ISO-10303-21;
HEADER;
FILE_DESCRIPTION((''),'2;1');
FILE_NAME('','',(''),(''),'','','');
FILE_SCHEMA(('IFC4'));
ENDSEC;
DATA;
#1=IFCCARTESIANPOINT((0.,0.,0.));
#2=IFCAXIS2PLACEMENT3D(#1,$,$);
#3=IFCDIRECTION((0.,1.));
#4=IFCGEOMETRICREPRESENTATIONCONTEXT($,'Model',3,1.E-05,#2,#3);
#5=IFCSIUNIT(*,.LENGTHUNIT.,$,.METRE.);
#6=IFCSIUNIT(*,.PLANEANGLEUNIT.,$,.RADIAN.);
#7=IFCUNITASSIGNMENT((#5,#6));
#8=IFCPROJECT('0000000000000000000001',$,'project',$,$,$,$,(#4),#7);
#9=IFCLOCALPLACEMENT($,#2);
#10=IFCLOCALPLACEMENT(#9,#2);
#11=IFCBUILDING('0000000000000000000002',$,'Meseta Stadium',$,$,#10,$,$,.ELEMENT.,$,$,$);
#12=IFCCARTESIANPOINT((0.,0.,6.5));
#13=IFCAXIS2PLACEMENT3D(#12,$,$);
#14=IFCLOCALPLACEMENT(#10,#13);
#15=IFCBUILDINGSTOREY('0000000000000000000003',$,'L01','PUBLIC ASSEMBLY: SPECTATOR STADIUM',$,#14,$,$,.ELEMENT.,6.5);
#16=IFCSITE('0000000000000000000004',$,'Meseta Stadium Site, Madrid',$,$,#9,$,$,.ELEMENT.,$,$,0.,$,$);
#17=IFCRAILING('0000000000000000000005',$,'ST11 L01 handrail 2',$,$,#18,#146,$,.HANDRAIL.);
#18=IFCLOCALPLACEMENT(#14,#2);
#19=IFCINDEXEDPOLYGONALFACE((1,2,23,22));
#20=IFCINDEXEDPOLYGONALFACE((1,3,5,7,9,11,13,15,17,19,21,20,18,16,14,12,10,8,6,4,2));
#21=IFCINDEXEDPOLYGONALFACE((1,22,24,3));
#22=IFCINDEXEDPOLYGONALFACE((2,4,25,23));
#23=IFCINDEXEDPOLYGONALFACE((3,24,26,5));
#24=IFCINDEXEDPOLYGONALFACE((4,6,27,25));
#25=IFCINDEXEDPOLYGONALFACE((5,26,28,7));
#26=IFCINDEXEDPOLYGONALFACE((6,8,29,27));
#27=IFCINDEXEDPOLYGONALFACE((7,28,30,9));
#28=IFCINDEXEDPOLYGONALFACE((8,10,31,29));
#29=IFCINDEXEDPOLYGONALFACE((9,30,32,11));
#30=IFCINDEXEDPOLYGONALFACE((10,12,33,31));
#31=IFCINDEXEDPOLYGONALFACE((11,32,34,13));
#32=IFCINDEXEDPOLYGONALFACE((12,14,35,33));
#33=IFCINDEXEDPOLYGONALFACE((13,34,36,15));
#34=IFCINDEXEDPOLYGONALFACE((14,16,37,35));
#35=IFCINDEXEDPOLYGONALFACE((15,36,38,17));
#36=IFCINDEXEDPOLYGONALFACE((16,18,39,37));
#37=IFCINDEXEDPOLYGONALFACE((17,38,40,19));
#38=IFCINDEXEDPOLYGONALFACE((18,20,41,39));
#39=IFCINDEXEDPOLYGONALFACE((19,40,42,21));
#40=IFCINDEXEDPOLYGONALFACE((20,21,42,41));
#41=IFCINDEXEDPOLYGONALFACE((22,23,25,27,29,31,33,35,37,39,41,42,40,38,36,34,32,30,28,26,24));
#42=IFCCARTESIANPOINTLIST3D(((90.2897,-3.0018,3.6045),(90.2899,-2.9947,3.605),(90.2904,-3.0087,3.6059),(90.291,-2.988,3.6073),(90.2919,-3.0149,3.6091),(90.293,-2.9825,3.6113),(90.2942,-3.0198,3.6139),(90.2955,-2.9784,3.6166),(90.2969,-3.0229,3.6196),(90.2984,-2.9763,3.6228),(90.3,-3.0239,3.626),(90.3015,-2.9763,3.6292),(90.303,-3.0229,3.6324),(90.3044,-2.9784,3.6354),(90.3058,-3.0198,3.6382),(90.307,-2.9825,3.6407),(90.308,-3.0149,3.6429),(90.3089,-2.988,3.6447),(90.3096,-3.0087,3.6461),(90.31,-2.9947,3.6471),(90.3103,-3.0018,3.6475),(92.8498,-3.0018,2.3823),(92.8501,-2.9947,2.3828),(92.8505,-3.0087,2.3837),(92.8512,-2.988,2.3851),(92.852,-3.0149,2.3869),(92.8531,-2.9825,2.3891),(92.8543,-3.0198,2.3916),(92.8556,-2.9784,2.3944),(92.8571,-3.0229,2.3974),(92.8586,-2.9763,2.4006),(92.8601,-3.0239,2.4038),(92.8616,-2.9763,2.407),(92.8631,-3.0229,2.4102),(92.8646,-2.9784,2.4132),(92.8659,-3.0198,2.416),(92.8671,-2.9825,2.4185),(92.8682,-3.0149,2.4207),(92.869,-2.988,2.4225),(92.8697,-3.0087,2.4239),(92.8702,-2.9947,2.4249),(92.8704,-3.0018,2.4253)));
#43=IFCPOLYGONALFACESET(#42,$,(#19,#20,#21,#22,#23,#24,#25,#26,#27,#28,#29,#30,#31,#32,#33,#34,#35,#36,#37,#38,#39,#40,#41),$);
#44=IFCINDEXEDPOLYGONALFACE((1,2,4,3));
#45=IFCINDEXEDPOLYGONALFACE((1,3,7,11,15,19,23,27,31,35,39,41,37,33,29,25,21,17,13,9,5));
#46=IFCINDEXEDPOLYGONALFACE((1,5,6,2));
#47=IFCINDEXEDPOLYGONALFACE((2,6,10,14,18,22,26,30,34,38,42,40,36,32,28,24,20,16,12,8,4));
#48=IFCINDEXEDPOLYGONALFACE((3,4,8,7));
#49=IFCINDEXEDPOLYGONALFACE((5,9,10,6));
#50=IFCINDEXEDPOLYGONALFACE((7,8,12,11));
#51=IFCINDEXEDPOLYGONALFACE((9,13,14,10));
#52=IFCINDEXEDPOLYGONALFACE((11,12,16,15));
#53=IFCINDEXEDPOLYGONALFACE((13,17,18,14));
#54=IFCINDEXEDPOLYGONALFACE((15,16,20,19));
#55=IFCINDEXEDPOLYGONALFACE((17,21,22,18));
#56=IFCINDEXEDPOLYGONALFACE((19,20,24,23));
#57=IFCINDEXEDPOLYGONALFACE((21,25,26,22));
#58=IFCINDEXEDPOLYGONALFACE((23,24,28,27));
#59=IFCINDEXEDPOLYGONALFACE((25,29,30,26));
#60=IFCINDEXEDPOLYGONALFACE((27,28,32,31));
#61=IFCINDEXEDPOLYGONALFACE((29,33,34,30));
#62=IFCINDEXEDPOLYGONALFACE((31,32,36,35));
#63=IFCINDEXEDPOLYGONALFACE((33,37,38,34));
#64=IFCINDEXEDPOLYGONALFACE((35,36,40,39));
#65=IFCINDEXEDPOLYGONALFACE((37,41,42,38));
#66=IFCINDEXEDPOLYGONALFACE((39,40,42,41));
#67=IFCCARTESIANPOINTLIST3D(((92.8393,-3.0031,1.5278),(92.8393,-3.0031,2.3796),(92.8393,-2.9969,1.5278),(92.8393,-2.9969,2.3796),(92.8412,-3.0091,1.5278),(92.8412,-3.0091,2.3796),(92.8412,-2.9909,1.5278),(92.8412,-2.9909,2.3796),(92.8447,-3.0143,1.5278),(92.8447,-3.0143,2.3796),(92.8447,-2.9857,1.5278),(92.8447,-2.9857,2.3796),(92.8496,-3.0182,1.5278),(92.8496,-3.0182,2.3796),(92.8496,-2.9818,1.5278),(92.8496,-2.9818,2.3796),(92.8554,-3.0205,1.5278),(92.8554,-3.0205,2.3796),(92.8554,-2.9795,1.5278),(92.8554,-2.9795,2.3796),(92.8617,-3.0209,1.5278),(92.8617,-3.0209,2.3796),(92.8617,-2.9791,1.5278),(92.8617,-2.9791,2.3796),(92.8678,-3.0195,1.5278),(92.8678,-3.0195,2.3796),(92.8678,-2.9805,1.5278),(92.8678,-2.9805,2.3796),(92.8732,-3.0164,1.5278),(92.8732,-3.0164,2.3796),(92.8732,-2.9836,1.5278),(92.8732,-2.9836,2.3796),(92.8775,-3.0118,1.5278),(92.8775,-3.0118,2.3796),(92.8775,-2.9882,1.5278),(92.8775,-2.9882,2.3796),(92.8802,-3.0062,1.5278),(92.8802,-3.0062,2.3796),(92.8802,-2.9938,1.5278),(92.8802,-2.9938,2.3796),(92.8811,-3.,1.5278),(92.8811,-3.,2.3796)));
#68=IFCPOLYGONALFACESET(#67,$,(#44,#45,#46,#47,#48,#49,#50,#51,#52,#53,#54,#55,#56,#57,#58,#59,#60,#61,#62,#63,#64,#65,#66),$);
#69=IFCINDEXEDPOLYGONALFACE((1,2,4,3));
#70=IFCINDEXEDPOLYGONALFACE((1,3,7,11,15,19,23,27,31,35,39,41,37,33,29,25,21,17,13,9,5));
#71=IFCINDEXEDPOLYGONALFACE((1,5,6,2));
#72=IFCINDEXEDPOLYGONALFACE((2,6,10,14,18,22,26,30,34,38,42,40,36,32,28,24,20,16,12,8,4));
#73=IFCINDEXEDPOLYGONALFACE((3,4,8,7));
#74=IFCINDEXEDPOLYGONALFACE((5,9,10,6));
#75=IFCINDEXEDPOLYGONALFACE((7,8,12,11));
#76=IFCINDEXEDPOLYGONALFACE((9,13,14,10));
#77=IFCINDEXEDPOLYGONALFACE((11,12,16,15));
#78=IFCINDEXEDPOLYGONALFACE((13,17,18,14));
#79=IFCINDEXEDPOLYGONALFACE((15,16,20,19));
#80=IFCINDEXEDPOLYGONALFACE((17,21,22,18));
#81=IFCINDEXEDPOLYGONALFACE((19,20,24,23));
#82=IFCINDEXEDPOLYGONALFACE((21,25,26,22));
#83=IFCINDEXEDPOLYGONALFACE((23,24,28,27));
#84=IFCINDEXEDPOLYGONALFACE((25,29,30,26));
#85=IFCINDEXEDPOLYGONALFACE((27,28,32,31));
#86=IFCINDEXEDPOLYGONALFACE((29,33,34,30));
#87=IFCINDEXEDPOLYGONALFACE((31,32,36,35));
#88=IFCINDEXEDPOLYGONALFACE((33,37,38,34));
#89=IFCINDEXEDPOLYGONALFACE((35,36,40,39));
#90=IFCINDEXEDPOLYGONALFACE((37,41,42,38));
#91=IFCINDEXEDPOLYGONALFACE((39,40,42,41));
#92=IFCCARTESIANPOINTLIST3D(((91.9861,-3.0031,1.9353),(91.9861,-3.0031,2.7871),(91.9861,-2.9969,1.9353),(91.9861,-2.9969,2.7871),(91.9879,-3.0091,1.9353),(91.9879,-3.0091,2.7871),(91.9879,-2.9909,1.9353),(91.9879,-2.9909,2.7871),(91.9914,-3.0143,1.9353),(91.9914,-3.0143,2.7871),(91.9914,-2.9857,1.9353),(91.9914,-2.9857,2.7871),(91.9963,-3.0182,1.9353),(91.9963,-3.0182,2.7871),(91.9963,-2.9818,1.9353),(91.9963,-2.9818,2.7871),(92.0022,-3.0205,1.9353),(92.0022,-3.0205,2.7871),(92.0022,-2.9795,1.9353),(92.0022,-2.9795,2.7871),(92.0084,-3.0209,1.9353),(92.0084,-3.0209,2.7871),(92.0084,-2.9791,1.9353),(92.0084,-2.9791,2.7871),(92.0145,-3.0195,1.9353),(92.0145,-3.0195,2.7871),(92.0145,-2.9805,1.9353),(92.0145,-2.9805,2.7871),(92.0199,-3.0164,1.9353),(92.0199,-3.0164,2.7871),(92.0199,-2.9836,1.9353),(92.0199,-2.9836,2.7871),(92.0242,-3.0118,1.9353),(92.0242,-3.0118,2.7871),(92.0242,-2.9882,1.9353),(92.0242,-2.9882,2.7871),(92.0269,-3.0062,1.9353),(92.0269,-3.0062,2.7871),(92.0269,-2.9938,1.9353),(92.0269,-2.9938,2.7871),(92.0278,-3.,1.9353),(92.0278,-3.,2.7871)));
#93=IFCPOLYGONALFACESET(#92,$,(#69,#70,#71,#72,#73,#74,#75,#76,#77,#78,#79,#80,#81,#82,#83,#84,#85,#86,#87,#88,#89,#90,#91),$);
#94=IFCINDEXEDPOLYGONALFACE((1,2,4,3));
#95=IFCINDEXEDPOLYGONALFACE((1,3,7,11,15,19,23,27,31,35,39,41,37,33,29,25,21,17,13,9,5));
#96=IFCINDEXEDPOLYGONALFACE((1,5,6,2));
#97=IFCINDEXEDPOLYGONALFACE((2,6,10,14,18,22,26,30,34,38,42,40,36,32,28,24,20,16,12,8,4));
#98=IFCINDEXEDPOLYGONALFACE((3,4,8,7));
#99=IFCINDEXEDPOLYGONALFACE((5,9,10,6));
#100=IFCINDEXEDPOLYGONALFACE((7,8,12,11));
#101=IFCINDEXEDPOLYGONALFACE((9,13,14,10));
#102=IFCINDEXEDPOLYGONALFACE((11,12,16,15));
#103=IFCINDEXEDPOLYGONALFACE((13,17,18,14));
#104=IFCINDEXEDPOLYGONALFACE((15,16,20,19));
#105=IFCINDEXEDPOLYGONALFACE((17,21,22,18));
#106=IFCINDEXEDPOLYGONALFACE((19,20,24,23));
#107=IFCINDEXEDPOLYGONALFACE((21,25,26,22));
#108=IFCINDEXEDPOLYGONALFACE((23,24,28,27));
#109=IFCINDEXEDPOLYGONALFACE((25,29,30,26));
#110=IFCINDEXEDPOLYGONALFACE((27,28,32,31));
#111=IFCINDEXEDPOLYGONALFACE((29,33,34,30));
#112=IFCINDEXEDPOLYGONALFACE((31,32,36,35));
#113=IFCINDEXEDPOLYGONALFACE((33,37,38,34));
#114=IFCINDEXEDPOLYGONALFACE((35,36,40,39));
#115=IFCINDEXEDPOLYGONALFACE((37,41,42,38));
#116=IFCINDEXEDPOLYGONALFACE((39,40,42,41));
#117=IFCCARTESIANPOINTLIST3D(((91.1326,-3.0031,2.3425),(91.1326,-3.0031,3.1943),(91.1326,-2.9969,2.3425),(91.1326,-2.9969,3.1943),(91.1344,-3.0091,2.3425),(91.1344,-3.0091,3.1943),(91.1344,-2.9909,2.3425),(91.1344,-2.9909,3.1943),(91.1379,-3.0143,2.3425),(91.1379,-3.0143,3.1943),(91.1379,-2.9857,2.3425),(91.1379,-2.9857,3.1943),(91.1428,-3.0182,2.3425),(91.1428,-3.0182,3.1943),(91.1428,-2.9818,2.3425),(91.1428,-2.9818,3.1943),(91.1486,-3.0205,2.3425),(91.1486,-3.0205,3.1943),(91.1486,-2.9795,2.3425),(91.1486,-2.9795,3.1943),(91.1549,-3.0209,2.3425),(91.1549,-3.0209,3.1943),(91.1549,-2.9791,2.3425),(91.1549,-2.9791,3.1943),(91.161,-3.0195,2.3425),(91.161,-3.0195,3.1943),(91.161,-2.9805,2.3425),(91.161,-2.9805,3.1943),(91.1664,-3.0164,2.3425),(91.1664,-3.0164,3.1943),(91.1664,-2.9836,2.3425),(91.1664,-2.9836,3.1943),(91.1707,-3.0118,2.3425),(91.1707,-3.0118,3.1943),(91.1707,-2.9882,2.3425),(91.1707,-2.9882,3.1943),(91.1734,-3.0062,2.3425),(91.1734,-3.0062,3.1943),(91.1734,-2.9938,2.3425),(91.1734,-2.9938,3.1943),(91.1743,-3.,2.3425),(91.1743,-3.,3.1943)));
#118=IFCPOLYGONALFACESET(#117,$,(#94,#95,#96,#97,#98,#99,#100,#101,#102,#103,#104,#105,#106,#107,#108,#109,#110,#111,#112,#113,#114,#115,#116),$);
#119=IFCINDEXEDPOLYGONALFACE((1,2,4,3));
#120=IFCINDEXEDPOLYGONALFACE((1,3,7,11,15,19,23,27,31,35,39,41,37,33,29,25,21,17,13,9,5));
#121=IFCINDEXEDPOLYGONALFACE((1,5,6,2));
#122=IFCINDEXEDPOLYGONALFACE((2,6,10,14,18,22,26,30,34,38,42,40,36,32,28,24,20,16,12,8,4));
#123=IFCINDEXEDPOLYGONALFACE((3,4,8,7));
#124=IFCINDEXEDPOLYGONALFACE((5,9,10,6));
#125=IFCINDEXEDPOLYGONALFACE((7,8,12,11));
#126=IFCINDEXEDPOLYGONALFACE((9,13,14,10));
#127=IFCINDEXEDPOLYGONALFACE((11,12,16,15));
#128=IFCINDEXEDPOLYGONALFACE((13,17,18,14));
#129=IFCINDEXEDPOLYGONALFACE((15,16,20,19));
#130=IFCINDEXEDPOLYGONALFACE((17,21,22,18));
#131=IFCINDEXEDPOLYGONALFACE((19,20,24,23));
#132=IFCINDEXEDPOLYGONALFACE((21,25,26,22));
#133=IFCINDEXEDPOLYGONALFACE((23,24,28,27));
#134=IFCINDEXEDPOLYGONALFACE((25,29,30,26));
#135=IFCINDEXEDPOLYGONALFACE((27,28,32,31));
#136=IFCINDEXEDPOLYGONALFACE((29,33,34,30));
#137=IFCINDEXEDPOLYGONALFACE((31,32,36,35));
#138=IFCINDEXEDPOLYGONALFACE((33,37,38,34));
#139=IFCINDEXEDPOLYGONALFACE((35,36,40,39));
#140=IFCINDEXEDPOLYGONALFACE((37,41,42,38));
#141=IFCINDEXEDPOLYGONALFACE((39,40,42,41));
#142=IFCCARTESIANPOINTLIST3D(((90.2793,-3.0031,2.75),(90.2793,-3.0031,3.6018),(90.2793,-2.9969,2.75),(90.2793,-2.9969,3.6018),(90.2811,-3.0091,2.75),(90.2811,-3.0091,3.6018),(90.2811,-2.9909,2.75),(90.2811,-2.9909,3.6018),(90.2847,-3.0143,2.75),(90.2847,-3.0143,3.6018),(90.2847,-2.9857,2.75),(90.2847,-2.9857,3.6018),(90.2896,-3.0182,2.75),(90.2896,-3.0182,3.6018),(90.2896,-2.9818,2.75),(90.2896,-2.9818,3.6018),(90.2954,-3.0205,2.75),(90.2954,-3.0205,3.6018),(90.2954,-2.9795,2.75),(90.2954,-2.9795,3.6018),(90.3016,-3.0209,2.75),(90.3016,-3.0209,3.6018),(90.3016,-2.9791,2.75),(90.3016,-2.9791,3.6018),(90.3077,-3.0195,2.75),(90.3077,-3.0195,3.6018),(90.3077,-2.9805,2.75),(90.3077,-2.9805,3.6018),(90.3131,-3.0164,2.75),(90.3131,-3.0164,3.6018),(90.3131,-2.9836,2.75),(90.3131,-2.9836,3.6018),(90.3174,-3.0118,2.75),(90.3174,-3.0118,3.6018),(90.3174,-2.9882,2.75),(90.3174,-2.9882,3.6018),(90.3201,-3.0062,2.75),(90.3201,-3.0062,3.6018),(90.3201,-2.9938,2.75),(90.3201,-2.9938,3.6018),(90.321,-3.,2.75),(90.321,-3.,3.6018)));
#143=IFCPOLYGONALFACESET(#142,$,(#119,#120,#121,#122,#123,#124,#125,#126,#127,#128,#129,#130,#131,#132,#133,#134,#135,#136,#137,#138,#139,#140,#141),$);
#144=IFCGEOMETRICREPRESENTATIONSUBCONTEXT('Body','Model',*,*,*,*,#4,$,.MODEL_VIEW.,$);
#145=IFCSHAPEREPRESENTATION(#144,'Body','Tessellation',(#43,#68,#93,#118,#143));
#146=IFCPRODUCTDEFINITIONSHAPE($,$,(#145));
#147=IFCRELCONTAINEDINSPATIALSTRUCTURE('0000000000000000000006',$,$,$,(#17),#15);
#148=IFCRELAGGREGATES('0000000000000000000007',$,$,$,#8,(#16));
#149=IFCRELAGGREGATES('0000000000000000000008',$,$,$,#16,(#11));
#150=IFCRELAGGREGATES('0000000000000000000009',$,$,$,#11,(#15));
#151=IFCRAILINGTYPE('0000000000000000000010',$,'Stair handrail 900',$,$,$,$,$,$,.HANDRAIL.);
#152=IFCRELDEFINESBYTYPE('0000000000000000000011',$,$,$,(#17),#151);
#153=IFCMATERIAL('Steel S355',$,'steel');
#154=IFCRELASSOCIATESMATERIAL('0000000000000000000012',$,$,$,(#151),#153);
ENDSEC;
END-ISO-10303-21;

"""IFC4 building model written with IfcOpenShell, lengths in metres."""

from ifc_helpers import new_model, si_unit, direction, frame, origin, origin_2d, place, context, subcontext, project, spatial, circle, extrude, material, type_object, element, save


model = new_model("IFC4")

# Units and contexts
model_context = context("Model", 3, precision=1e-05, world=origin(), true_north=direction((0.0, 1.0)))
body_context = subcontext(model_context, "Body", "Model", "MODEL_VIEW")
ifc_project = project(units=[si_unit("LENGTHUNIT", "METRE"), si_unit("PLANEANGLEUNIT", "RADIAN")], contexts=[model_context])

# Site, building, storey
site_placement = place(None, origin())
site = spatial("IfcSite", under=ifc_project, at=site_placement, Name="Meseta Stadium Site, Madrid", CompositionType="ELEMENT", RefElevation=0.0)
building_placement = place(site_placement, origin())
building = spatial("IfcBuilding", under=site, at=building_placement, Name="Meseta Stadium", CompositionType="ELEMENT")
storey_placement = place(building_placement, frame((0.0, 0.0, 6.5)))
storey = spatial("IfcBuildingStorey", under=building, at=storey_placement, Name="L01", Description="PUBLIC ASSEMBLY: SPECTATOR STADIUM", CompositionType="ELEMENT", Elevation=6.5)

# Railing
ifc_material_1 = material(Name="Steel S355", Category="steel")
railing_type_1 = type_object("IfcRailingType", Name="Stair handrail 900", PredefinedType="HANDRAIL", material=ifc_material_1)
for number, where, name in (
    (1, (92.8601, -3.0, 1.5278), "ST11 L01 handrail 2"),
):
    element("IfcRailing", number, at=place(storey_placement, frame(where)), inside=storey, type_object=railing_type_1, Name=name, PredefinedType="HANDRAIL", context=body_context, shape_type="SweptSolid", body=[
        extrude(circle(Radius=0.0239, at=origin_2d()), frame((0.0, 0.0, 0.876), z_axis=(-0.902437, 0.0, 0.430822), x_axis=(0.0, -1.0, 0.0)), (0.0, 0.0, 1.0), 2.8369),
        extrude(circle(Radius=0.021, at=origin_2d()), origin(), (0.0, 0.0, 1.0), 0.8518),
        extrude(circle(Radius=0.021, at=origin_2d()), frame((-0.8533, 0.0, 0.4075)), (0.0, 0.0, 1.0), 0.8518),
        extrude(circle(Radius=0.021, at=origin_2d()), frame((-1.7068, 0.0, 0.8147)), (0.0, 0.0, 1.0), 0.8518),
        extrude(circle(Radius=0.021, at=origin_2d()), frame((-2.5601, 0.0, 1.2222)), (0.0, 0.0, 1.0), 0.8518),
    ])

save(model, "model.ifc")
